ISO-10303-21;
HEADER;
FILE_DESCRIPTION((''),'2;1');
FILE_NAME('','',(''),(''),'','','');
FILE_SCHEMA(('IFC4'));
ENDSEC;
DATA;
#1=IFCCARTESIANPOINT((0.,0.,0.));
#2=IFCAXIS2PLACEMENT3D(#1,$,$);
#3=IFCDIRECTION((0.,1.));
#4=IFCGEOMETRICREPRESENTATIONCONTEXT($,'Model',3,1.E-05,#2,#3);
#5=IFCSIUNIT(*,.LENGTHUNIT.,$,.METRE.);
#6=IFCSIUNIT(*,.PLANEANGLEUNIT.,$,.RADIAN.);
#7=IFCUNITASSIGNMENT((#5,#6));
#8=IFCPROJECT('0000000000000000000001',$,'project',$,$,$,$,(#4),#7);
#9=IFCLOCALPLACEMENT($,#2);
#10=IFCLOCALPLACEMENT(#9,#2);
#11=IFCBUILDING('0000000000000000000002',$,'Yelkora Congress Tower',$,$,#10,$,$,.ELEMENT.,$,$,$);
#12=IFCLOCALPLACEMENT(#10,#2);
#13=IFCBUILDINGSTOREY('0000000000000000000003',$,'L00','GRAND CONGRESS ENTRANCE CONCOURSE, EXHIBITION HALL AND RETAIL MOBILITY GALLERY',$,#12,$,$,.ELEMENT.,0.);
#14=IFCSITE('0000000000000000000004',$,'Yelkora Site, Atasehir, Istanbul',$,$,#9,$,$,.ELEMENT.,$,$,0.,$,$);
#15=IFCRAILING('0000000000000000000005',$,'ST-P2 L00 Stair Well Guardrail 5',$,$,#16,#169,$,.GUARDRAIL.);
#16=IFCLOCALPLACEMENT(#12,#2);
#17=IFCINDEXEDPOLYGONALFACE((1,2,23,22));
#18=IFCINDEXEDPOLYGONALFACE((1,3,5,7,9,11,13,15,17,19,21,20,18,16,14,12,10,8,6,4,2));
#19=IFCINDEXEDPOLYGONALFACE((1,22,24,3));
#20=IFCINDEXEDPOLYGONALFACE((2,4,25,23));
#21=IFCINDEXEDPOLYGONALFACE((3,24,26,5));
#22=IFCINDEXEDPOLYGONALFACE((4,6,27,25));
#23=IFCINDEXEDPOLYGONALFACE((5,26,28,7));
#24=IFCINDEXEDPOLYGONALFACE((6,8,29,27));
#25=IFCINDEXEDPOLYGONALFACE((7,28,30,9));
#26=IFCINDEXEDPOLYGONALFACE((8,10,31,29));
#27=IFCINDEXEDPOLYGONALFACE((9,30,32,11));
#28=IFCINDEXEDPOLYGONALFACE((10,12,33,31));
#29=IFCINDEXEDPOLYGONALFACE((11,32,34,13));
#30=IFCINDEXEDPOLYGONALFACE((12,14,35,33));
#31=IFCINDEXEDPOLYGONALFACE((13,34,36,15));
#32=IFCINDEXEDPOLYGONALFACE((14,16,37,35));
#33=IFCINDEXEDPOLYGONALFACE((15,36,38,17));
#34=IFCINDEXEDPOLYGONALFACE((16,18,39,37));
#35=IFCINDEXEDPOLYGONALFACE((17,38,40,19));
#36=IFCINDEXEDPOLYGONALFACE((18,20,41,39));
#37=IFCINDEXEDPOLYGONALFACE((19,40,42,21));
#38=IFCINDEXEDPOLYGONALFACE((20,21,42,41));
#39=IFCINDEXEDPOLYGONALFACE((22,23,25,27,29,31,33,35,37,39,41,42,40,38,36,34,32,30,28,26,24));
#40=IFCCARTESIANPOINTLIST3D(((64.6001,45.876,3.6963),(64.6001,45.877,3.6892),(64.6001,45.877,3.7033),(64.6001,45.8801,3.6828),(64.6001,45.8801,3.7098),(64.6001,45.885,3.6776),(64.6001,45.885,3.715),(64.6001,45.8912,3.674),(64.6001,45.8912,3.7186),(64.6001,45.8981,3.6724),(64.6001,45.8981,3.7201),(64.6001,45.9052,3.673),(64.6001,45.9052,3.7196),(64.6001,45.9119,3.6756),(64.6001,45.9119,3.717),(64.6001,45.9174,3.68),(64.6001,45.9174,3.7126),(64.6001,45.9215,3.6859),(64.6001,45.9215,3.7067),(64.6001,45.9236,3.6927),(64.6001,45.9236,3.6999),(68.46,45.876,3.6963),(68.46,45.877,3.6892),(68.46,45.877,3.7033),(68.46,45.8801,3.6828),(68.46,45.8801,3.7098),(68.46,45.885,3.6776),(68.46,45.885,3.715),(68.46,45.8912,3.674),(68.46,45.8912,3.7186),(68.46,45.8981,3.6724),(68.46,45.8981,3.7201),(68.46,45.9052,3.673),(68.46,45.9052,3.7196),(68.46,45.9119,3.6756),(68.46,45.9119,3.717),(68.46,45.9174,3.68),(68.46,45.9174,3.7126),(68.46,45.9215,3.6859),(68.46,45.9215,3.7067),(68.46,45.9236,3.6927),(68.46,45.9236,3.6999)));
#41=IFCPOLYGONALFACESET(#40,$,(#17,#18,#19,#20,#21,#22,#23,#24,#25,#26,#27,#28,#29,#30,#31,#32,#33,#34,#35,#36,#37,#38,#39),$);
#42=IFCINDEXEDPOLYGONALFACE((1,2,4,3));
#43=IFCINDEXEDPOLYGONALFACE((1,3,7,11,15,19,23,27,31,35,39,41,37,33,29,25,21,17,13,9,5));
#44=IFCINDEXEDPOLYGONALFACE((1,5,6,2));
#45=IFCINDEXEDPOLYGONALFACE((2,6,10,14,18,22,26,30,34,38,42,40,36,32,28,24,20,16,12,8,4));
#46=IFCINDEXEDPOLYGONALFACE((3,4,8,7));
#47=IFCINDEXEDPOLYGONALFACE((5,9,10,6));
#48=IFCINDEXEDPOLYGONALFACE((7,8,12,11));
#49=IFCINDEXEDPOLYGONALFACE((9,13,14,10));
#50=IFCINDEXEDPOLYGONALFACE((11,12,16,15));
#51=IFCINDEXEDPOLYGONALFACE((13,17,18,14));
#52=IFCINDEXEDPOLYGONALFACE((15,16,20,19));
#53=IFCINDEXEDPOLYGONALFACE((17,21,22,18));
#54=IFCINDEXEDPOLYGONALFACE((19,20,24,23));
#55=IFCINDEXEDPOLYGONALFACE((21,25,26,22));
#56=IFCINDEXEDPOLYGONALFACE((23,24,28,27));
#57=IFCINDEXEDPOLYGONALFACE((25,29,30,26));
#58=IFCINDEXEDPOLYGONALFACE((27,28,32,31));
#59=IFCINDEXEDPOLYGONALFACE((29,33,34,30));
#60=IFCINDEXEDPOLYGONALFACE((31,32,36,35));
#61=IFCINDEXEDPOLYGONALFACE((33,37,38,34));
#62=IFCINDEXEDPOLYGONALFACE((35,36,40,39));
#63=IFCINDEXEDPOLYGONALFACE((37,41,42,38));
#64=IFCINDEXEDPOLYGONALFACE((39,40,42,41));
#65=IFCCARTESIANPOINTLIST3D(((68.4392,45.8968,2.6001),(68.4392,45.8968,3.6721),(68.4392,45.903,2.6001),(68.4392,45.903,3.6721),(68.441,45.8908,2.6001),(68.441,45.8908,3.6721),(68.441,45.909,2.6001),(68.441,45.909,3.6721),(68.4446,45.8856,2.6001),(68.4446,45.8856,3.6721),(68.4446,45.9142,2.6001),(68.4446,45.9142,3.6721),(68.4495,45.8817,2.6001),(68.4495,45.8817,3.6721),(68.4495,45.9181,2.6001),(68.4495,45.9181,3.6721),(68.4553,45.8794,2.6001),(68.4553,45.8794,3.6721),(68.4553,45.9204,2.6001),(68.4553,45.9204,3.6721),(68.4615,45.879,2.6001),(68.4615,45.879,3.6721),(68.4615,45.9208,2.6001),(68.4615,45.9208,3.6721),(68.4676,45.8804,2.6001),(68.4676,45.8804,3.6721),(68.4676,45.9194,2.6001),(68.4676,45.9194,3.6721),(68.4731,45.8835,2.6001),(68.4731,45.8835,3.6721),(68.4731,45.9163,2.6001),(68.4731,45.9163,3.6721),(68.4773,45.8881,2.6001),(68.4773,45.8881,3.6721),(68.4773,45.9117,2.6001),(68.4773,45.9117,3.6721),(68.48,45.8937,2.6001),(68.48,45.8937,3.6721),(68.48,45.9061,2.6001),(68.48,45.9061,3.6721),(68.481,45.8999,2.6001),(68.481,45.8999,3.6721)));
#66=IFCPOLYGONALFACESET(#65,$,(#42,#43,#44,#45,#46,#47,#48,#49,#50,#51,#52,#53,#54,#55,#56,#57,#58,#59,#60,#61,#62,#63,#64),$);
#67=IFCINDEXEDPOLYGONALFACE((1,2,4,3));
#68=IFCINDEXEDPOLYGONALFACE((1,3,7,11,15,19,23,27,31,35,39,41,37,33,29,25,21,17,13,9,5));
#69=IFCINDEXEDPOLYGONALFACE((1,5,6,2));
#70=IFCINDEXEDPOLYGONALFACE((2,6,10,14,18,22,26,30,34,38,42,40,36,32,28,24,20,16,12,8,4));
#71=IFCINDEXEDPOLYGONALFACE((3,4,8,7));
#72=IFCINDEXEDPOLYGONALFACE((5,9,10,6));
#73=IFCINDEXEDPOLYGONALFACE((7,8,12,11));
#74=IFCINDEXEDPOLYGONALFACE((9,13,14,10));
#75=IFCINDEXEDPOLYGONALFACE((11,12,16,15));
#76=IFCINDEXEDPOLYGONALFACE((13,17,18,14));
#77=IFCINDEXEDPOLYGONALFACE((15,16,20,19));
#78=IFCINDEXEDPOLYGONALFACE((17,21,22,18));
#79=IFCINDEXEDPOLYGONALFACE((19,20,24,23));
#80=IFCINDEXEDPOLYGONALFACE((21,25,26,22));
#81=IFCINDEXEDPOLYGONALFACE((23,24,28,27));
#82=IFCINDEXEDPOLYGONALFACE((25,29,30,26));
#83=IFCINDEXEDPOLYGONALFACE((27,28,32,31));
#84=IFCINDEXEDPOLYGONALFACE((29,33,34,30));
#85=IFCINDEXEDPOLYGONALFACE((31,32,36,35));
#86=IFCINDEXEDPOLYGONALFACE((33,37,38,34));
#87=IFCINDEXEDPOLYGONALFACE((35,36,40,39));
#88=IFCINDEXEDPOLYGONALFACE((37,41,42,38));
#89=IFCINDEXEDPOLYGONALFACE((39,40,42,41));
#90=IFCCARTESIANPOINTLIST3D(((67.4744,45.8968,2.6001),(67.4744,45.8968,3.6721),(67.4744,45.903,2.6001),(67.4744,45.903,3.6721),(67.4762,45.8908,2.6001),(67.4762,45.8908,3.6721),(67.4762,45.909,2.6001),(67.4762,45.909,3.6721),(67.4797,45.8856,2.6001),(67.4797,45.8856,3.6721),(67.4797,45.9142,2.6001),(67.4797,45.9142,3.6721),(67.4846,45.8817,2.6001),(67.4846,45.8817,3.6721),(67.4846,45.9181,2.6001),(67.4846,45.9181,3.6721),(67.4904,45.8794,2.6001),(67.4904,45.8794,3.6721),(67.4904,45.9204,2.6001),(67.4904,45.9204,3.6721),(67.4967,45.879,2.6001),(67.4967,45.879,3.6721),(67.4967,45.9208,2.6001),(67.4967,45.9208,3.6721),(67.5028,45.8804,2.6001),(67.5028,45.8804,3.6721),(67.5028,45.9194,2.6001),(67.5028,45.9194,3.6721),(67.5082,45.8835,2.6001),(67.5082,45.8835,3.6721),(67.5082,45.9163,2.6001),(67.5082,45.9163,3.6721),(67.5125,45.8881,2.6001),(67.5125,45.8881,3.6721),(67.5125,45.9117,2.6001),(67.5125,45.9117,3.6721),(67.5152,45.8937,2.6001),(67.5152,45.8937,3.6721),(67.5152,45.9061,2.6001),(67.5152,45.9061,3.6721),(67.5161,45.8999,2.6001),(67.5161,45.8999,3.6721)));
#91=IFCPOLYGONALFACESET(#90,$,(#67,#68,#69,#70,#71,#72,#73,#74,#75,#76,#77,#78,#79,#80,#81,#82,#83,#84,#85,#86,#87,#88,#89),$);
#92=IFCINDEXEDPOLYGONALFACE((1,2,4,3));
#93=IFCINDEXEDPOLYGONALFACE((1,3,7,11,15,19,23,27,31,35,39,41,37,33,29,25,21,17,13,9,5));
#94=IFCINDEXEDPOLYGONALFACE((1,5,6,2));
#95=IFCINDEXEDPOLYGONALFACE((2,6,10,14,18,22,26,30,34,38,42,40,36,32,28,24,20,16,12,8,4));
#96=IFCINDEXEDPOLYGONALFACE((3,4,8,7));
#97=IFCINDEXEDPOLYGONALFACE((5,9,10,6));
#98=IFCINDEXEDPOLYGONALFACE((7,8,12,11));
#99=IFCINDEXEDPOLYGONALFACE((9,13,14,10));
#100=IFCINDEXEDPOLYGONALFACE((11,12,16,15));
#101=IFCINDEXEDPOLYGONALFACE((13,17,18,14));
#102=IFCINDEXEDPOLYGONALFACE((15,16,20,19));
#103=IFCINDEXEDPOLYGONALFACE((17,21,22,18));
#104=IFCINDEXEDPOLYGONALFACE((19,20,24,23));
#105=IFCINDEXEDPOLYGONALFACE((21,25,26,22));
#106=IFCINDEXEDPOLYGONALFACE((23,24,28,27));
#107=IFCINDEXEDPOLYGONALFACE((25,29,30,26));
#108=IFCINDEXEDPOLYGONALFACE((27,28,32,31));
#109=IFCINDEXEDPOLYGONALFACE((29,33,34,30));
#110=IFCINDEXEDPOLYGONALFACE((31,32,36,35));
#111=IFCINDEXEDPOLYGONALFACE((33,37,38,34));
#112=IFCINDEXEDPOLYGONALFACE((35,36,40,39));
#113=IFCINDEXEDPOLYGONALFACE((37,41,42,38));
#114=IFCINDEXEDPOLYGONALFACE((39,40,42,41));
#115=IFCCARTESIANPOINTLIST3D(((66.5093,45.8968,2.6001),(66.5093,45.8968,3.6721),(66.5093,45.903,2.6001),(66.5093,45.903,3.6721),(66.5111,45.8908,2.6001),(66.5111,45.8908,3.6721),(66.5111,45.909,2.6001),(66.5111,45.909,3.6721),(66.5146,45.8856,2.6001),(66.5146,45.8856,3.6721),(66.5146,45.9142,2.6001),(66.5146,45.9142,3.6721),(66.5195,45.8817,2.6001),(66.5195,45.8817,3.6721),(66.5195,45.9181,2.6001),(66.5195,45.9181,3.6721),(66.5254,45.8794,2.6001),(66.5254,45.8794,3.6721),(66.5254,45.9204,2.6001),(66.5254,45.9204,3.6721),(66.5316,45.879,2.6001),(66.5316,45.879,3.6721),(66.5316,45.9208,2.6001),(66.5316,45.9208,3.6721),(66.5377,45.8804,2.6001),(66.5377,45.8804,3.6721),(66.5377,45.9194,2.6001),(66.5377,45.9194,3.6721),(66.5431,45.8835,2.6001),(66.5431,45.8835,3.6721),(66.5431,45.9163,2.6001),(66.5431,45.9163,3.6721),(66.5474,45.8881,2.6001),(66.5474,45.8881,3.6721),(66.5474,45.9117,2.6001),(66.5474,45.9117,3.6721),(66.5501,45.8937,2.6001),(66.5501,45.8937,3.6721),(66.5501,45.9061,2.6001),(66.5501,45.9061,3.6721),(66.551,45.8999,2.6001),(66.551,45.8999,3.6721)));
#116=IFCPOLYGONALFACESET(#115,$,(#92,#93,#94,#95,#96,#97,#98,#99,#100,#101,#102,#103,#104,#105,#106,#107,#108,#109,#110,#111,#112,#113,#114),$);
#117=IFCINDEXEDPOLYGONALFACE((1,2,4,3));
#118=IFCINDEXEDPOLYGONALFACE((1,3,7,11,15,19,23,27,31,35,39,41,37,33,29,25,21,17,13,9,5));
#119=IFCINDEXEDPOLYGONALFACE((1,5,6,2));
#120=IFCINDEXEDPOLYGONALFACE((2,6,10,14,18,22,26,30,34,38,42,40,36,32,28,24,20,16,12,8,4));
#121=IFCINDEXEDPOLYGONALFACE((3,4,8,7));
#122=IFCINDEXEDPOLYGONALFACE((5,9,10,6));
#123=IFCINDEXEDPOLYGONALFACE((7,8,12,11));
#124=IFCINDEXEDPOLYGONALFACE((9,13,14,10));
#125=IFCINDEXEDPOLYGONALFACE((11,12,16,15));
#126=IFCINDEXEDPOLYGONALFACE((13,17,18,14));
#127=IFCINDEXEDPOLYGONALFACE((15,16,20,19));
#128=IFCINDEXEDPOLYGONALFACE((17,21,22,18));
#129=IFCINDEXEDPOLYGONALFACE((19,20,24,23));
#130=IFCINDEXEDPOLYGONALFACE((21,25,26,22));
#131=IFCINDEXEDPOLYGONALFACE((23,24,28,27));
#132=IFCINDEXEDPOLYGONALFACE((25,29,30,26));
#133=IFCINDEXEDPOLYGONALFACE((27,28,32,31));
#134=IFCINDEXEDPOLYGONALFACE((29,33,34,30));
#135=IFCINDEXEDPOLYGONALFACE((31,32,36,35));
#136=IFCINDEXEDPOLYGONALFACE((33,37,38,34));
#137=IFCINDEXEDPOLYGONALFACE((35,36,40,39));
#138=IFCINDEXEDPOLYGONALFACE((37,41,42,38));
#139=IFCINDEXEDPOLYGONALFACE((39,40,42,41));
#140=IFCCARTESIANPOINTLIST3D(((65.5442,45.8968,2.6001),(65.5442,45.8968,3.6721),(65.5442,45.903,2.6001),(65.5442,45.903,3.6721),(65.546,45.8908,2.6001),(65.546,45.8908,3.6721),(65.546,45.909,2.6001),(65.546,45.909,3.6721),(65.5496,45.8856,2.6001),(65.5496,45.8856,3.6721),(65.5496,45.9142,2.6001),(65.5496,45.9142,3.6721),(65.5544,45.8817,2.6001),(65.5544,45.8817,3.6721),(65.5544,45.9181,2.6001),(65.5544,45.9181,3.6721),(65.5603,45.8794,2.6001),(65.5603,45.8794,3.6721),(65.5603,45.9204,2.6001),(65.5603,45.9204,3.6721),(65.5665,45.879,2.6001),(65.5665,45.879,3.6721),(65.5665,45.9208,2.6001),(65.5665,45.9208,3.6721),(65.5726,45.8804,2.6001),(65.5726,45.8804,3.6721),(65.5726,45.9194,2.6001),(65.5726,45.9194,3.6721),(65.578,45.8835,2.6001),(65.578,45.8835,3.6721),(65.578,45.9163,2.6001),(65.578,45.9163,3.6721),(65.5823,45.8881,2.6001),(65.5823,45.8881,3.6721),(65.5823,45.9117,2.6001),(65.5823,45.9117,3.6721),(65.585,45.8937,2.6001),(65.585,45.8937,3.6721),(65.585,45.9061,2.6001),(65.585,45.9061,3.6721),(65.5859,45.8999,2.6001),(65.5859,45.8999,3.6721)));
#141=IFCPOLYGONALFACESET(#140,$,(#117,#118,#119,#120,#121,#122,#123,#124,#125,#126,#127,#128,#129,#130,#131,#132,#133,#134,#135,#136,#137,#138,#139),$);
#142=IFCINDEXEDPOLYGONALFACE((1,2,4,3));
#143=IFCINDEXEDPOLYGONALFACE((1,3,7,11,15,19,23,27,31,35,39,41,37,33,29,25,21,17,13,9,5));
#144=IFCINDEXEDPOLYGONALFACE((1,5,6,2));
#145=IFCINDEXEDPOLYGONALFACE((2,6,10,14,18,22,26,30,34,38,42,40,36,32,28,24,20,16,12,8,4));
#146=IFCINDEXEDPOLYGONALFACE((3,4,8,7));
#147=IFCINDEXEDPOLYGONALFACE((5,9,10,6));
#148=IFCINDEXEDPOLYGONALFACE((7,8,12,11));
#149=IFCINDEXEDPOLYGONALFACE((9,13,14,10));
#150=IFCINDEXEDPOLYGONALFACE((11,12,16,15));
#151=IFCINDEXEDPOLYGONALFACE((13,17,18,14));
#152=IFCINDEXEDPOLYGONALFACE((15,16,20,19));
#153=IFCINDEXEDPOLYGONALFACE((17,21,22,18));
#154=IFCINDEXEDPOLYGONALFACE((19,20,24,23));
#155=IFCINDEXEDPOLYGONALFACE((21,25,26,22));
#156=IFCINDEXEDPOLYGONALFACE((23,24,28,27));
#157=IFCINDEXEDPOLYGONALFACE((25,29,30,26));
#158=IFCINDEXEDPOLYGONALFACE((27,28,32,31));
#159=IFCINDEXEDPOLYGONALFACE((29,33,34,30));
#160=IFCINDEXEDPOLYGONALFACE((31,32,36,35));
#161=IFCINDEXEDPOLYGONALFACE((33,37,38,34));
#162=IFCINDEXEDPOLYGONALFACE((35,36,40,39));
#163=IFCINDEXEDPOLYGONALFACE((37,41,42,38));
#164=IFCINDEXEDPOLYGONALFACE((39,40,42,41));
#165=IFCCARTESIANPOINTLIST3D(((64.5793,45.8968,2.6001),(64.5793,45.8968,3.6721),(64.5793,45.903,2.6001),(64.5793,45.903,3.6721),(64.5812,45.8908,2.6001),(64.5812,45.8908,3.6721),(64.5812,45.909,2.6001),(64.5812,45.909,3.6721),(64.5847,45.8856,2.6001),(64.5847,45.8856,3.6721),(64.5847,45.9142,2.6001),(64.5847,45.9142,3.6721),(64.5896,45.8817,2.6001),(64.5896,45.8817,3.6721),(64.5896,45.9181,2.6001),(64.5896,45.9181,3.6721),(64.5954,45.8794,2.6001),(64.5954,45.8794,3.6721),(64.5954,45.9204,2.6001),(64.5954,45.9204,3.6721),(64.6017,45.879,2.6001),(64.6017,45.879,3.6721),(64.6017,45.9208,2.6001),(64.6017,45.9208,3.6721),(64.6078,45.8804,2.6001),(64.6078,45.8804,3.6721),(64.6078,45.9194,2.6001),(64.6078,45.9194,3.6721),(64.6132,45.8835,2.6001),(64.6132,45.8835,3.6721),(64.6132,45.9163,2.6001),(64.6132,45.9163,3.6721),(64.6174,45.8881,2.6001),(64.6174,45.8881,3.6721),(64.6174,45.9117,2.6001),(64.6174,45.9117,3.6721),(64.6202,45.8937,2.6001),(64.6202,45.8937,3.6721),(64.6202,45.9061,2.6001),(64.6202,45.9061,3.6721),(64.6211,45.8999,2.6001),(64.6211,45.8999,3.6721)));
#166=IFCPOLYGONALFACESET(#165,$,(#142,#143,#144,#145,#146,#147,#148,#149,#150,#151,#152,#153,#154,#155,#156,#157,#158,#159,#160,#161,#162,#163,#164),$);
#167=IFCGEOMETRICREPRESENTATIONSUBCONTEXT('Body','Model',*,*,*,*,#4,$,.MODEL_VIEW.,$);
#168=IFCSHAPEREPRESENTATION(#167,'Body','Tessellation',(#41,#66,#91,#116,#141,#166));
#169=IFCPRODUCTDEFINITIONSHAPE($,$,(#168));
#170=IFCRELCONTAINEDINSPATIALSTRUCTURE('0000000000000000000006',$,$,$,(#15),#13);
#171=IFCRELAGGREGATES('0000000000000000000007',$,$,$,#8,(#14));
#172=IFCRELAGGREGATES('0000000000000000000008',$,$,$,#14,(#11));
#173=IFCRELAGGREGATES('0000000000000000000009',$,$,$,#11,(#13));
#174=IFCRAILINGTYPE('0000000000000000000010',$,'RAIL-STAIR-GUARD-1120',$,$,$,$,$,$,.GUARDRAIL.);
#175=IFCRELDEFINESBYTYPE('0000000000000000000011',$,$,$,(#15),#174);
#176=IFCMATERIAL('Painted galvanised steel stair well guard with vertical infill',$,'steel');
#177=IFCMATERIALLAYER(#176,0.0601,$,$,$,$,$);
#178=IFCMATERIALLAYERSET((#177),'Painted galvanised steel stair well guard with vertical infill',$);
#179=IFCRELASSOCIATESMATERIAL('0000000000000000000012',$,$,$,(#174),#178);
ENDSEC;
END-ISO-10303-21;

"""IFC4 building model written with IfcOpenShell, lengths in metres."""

from ifc_helpers import new_model, si_unit, direction, frame, origin, origin_2d, place, context, subcontext, project, spatial, circle, extrude, material, layer, layer_set, type_object, element, save


model = new_model("IFC4")

# Units and contexts
model_context = context("Model", 3, precision=1e-05, world=origin(), true_north=direction((0.0, 1.0)))
body_context = subcontext(model_context, "Body", "Model", "MODEL_VIEW")
ifc_project = project(units=[si_unit("LENGTHUNIT", "METRE"), si_unit("PLANEANGLEUNIT", "RADIAN")], contexts=[model_context])

# Site, building, storey
site_placement = place(None, origin())
site = spatial("IfcSite", under=ifc_project, at=site_placement, Name="Yelkora Site, Atasehir, Istanbul", CompositionType="ELEMENT", RefElevation=0.0)
building_placement = place(site_placement, origin())
building = spatial("IfcBuilding", under=site, at=building_placement, Name="Yelkora Congress Tower", CompositionType="ELEMENT")
storey_placement = place(building_placement, origin())
storey = spatial("IfcBuildingStorey", under=building, at=storey_placement, Name="L00", Description="GRAND CONGRESS ENTRANCE CONCOURSE, EXHIBITION HALL AND RETAIL MOBILITY GALLERY", CompositionType="ELEMENT", Elevation=0.0)

# Railing
ifc_material_1 = material(Name="Painted galvanised steel stair well guard with vertical infill", Category="steel")
ifc_layer_1 = layer(ifc_material_1, 0.0601)
ifc_layer_set_1 = layer_set([ifc_layer_1], Name="Painted galvanised steel stair well guard with vertical infill")
railing_type = type_object("IfcRailingType", Name="RAIL-STAIR-GUARD-1120", PredefinedType="GUARDRAIL", material=ifc_layer_set_1)
railing_1_placement = place(storey_placement, frame((68.46, 45.8999, 2.6001)))
element("IfcRailing", 1, at=railing_1_placement, inside=storey, type_object=railing_type, Name="ST-P2 L00 Stair Well Guardrail 5", PredefinedType="GUARDRAIL", context=body_context, shape_type="SweptSolid", body=[
    extrude(circle(Radius=0.0239, at=origin_2d()), frame((0.0, 0.0, 1.0962), z_axis=(-1.0, 0.0, 0.0), x_axis=(0.0, -1.0, 0.0)), (0.0, 0.0, 1.0), 3.8599),
    extrude(circle(Radius=0.021, at=origin_2d()), origin(), (0.0, 0.0, 1.0), 1.072),
    extrude(circle(Radius=0.021, at=origin_2d()), frame((-0.9648, 0.0, 0.0)), (0.0, 0.0, 1.0), 1.072),
    extrude(circle(Radius=0.021, at=origin_2d()), frame((-1.9299, 0.0, 0.0)), (0.0, 0.0, 1.0), 1.072),
    extrude(circle(Radius=0.021, at=origin_2d()), frame((-2.895, 0.0, 0.0)), (0.0, 0.0, 1.0), 1.072),
    extrude(circle(Radius=0.021, at=origin_2d()), frame((-3.8599, 0.0, 0.0)), (0.0, 0.0, 1.0), 1.072),
])

save(model, "model.ifc")
